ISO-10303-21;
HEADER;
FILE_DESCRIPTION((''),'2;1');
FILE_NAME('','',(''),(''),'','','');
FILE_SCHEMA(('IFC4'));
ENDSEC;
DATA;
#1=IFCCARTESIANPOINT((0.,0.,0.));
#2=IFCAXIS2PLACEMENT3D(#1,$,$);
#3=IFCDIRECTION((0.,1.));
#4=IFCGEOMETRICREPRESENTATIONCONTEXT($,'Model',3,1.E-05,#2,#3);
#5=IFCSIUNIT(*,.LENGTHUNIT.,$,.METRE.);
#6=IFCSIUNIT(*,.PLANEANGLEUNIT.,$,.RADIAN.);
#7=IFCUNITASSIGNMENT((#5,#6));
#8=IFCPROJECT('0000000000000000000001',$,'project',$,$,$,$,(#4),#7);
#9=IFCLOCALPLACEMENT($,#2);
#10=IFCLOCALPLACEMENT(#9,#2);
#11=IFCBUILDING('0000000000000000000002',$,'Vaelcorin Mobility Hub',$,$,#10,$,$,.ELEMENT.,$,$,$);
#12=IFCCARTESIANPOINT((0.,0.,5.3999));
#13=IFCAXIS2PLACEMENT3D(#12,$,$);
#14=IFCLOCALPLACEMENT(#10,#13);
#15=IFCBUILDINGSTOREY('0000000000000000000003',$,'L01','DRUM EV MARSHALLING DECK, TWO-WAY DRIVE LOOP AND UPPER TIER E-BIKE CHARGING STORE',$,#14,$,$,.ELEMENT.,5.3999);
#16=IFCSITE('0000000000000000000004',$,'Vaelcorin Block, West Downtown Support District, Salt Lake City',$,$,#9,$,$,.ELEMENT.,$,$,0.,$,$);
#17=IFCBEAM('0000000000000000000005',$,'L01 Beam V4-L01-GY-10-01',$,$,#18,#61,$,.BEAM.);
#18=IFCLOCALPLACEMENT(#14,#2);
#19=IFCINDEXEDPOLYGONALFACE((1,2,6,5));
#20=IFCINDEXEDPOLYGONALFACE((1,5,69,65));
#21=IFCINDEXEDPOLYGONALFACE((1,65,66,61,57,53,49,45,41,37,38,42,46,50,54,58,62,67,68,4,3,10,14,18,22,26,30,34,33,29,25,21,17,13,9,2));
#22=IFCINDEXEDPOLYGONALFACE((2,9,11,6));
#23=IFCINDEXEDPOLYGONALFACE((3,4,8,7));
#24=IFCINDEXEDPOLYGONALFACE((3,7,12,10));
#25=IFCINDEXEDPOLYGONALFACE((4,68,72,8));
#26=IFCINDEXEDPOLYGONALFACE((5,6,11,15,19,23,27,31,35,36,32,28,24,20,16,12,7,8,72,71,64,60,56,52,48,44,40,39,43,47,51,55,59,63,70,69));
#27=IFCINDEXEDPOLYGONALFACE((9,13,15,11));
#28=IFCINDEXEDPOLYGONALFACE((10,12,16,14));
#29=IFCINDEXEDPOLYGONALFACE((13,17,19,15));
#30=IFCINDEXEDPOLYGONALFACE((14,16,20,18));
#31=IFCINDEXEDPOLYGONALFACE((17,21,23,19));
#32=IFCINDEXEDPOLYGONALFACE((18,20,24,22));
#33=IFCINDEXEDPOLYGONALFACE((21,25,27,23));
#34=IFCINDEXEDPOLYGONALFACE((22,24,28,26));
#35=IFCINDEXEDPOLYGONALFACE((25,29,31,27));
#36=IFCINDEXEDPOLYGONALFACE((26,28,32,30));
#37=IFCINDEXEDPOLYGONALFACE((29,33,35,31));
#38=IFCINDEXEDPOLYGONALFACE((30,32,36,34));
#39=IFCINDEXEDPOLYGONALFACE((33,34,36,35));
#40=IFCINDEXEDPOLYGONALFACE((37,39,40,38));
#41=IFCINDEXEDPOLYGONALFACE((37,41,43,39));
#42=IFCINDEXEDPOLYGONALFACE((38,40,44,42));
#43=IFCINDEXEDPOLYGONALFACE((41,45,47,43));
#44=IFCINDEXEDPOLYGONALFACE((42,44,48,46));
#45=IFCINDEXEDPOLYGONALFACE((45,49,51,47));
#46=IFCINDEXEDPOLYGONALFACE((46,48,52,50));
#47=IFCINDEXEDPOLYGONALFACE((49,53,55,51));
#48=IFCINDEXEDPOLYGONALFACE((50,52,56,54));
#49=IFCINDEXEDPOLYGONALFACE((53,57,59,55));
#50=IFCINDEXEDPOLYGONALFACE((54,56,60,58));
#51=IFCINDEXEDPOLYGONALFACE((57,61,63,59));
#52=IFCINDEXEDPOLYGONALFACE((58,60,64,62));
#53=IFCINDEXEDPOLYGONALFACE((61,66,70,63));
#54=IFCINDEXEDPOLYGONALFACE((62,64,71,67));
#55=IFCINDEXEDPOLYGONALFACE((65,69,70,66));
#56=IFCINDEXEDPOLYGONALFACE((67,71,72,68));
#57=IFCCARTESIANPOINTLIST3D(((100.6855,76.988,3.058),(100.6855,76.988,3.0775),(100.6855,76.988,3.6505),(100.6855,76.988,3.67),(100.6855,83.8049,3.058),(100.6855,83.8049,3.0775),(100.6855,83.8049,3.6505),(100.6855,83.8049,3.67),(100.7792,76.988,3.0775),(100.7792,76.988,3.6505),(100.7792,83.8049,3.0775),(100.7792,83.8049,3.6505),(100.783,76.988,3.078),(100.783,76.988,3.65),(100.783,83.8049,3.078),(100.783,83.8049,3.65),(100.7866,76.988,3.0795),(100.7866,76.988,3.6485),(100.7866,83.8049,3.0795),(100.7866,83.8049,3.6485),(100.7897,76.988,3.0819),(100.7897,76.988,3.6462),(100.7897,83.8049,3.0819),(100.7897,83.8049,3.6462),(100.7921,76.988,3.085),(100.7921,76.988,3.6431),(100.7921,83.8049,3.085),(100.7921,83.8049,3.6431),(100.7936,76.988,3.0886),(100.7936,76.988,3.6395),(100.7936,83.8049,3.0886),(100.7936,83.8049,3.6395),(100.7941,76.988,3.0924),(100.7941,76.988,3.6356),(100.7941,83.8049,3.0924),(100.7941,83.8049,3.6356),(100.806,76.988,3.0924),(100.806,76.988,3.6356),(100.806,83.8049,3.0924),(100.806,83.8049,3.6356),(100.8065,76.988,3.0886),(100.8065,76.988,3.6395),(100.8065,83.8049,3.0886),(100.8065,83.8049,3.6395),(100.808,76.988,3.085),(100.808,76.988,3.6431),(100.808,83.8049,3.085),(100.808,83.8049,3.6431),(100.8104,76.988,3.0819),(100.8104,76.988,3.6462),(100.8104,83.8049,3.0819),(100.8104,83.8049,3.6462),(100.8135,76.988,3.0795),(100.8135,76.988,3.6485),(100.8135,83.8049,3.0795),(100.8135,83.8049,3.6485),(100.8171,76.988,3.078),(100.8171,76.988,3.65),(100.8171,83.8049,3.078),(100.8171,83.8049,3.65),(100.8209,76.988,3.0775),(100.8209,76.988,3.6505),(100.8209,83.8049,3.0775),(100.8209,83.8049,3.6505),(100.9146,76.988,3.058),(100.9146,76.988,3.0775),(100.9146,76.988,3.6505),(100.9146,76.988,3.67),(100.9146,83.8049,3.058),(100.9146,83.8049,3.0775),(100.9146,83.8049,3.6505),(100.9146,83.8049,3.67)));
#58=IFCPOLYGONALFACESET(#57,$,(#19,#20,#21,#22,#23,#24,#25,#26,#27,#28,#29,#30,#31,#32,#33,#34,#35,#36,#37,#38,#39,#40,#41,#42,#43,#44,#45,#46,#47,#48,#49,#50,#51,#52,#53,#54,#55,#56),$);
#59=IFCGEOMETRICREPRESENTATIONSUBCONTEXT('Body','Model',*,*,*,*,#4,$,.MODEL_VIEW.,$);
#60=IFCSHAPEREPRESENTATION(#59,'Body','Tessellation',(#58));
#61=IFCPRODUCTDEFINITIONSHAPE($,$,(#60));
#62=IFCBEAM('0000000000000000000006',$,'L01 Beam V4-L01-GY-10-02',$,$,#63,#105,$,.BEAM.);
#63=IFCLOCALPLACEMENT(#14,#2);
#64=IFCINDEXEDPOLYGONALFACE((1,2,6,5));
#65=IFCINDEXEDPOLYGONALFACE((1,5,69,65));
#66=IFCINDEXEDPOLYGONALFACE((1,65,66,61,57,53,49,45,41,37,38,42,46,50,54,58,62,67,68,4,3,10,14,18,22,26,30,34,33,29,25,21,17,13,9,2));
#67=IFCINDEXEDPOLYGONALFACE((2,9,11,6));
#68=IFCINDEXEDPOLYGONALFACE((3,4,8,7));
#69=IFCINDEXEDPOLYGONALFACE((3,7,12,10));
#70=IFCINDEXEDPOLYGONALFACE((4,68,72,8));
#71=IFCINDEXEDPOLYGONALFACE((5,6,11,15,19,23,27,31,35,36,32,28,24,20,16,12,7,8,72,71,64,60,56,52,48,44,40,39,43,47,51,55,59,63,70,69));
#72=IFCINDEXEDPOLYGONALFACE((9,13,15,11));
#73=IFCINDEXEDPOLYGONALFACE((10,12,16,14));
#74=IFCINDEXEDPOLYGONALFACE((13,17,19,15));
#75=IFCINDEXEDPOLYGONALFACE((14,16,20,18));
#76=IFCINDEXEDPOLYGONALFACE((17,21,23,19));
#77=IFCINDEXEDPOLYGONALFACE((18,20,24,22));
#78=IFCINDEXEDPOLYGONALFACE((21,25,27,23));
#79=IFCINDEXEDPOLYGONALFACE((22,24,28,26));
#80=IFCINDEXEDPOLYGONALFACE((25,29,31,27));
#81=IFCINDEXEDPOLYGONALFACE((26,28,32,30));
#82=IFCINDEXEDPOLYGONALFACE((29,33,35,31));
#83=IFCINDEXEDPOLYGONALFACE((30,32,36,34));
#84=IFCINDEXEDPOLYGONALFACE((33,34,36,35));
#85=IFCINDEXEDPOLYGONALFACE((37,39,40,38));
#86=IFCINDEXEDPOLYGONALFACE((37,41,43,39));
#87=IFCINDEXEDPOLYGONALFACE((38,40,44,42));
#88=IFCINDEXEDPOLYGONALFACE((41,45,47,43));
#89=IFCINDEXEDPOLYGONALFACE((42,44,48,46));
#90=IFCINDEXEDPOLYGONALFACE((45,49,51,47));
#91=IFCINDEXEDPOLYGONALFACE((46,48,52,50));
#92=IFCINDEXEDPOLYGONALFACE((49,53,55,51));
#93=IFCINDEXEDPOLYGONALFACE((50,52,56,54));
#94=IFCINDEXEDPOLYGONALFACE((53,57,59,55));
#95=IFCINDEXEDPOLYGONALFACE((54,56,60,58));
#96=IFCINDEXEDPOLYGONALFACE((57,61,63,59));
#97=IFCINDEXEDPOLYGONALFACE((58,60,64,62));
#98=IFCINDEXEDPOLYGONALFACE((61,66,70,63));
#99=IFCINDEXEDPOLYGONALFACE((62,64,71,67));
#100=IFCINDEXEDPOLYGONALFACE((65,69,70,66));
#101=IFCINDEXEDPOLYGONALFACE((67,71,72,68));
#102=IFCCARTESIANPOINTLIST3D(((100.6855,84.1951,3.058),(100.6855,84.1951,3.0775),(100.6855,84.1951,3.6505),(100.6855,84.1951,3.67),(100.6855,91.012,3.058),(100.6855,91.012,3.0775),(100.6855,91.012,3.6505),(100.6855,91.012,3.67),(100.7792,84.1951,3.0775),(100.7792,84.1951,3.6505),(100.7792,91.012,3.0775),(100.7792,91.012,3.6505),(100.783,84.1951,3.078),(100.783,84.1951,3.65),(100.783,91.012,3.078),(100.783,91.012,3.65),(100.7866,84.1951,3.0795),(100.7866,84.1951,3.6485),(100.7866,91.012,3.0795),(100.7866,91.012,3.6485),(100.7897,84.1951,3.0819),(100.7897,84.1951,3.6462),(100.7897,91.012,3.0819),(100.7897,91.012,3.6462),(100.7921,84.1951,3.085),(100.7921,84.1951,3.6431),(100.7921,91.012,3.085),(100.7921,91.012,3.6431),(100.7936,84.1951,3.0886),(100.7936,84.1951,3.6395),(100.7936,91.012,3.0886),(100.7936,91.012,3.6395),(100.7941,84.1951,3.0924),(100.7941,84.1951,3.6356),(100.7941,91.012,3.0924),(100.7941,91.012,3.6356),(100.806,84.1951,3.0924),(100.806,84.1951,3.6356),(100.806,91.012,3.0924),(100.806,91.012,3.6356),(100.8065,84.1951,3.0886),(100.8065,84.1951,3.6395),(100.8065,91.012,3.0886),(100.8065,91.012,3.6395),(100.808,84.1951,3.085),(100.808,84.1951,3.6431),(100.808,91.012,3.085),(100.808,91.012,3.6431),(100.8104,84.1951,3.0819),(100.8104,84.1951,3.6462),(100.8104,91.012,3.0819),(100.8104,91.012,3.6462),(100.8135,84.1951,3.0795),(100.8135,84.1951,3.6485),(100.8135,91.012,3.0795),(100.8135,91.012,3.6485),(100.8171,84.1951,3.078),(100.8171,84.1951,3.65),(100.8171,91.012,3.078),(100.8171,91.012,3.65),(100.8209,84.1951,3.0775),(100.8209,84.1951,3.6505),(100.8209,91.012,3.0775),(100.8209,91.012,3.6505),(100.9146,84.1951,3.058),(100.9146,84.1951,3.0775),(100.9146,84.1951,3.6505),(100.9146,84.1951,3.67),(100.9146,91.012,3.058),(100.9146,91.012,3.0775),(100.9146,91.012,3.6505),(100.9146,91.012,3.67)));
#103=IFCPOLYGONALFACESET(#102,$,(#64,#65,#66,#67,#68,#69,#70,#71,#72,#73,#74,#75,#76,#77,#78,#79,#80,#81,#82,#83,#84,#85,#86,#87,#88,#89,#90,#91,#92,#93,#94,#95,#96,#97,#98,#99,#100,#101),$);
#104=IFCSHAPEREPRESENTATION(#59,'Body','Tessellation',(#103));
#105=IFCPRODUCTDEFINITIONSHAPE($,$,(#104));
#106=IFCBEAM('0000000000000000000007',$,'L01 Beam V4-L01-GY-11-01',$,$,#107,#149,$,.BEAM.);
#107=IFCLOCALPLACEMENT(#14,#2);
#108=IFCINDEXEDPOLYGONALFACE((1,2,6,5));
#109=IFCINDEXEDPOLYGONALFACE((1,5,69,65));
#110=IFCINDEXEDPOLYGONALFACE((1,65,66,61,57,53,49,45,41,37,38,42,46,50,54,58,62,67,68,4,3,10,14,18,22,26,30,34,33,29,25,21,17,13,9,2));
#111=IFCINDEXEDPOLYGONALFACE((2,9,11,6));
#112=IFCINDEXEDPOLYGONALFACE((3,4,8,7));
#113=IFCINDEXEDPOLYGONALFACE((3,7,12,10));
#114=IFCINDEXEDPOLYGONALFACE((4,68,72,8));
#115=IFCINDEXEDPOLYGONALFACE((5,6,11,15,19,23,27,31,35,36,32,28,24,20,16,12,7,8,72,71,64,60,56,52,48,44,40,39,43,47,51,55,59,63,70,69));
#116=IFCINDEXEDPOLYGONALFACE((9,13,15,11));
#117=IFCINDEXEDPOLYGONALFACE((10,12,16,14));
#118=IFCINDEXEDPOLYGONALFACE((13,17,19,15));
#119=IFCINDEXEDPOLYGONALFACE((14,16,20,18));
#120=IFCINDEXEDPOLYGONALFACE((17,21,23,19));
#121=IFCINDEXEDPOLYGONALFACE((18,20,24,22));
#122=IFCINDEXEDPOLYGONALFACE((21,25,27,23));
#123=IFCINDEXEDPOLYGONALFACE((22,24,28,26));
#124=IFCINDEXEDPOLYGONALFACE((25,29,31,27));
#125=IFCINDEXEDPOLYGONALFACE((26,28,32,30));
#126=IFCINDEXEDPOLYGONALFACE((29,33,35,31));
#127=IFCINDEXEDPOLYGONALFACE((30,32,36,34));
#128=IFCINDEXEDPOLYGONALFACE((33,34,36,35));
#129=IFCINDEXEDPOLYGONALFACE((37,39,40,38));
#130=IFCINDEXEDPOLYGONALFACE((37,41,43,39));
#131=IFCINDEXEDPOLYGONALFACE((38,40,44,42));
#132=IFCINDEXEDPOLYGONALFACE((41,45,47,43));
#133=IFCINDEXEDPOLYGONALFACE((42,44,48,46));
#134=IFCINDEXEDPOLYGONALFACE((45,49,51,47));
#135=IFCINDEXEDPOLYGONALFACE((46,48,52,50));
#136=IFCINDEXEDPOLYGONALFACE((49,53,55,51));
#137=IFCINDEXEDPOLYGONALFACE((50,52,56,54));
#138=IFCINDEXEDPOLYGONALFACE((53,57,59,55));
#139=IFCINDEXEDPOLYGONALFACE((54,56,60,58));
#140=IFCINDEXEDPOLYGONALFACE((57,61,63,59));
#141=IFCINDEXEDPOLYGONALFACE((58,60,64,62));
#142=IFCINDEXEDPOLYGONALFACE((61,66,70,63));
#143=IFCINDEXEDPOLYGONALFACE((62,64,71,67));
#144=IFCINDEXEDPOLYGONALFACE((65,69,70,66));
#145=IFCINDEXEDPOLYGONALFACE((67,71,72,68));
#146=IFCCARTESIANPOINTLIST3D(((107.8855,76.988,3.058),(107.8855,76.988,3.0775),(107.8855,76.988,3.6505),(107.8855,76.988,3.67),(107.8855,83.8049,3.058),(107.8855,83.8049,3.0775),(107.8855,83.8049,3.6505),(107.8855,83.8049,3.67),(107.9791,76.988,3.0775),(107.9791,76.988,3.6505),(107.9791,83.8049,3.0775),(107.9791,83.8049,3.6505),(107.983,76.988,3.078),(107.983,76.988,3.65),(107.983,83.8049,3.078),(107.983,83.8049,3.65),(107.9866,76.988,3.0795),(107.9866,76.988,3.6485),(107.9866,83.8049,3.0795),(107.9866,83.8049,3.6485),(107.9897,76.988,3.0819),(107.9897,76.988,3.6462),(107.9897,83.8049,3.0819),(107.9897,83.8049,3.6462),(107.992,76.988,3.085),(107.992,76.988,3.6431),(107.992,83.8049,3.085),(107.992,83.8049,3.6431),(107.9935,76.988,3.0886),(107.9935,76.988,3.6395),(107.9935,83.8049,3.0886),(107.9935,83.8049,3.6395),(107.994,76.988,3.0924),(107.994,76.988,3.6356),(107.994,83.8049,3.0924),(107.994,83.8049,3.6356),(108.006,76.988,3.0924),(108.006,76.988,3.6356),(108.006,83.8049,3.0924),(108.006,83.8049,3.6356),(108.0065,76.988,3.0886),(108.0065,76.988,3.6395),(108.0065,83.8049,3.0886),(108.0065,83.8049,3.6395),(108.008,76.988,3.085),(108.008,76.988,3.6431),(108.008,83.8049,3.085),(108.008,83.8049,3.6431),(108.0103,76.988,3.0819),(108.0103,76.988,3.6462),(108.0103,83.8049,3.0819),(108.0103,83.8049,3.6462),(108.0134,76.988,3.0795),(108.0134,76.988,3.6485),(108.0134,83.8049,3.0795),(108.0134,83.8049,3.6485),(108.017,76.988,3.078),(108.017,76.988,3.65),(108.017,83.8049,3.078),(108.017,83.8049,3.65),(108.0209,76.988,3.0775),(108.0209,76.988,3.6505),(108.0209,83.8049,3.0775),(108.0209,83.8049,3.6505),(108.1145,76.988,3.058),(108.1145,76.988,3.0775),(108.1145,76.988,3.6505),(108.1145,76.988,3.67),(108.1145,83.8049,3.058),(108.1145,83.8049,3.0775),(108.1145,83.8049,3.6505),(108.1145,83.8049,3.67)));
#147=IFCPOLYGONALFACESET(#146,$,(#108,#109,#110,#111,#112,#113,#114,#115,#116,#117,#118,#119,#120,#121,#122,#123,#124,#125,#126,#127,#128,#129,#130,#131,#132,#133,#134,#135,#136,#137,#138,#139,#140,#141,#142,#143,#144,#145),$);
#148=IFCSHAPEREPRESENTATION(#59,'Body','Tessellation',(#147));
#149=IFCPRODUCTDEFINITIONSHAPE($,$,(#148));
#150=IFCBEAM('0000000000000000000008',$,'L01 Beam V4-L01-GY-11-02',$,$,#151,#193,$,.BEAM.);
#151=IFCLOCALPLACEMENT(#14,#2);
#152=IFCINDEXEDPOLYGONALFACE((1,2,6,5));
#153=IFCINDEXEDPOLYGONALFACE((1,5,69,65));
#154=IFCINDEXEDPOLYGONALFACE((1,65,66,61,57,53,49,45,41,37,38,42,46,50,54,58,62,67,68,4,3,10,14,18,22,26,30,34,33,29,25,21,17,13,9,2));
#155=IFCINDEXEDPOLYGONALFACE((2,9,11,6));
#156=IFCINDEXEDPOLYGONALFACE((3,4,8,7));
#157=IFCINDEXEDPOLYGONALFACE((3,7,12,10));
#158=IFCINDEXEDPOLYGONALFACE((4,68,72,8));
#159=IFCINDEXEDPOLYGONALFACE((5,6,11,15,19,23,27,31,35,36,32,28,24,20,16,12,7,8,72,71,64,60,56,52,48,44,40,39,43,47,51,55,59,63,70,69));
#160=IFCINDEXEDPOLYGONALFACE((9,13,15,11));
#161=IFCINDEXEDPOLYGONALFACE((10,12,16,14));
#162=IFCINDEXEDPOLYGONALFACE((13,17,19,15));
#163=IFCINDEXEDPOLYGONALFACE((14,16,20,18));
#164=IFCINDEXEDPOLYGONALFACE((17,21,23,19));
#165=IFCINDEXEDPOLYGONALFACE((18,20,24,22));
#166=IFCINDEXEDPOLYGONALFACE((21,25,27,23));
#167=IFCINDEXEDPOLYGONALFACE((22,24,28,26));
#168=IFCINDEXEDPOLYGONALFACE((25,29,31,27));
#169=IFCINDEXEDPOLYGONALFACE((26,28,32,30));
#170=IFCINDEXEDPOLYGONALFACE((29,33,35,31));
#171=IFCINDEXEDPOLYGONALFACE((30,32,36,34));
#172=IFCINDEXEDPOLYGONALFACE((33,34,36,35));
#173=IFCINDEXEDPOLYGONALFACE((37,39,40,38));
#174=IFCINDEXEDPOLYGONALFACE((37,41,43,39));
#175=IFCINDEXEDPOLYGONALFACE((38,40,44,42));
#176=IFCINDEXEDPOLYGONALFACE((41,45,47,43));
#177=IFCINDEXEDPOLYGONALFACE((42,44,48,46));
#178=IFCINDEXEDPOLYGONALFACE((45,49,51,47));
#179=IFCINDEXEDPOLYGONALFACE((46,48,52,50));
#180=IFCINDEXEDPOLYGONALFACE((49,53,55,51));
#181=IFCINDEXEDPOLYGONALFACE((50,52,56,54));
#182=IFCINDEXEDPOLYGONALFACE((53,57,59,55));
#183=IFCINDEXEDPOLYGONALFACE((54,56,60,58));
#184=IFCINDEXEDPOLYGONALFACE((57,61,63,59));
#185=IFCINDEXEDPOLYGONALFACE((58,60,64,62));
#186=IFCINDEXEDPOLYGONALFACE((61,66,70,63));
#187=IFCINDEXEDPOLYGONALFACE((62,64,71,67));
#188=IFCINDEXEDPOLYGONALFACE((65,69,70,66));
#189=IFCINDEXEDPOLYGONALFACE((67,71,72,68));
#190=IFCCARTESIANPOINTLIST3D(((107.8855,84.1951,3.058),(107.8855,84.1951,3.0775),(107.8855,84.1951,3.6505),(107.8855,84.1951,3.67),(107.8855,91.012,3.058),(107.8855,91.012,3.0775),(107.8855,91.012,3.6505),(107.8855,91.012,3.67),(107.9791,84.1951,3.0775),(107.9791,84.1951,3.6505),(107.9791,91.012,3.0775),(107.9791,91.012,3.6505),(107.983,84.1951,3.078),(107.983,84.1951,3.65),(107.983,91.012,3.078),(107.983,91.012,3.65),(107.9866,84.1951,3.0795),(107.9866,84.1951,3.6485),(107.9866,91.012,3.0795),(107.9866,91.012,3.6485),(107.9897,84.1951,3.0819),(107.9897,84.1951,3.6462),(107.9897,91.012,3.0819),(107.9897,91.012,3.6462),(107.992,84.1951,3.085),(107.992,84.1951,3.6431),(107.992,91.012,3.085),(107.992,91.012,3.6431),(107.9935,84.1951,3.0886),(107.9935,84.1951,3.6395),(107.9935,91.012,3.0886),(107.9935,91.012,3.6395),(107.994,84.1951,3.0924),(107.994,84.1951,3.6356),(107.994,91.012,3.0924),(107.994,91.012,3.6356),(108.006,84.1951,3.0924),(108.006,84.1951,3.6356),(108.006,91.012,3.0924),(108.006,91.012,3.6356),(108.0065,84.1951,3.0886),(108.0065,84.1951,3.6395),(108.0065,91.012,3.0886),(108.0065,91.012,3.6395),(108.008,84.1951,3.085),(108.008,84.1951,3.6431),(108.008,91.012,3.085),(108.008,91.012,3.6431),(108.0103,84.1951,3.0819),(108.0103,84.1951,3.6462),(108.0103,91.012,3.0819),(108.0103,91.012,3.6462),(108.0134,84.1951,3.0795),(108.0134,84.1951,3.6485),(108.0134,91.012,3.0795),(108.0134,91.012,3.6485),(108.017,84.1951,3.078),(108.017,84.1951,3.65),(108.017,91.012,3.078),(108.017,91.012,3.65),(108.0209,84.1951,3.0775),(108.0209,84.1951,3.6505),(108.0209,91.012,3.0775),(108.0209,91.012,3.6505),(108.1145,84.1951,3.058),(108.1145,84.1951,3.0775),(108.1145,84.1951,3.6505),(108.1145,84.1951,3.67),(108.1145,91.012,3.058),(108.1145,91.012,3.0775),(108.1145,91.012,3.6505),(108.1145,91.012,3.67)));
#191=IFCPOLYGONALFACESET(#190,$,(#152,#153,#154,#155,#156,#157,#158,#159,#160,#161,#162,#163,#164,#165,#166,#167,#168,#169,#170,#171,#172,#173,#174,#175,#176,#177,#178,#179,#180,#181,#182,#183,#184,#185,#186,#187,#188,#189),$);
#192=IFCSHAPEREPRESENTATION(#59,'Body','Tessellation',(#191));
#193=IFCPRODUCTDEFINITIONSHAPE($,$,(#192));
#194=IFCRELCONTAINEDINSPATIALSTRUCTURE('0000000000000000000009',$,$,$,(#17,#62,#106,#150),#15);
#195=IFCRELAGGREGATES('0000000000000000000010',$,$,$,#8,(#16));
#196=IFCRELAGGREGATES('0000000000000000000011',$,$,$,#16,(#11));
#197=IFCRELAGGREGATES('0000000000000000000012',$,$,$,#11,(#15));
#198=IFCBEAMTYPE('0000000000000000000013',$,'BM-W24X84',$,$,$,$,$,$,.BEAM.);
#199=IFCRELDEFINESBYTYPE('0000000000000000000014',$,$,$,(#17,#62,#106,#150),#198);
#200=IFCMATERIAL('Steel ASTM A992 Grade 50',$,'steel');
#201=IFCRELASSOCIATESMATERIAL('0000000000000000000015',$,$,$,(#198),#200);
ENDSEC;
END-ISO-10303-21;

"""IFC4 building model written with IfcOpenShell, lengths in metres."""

from ifc_helpers import new_model, si_unit, direction, frame, origin, origin_2d, place, context, subcontext, project, spatial, i_section, extrude, material, material_profile, profile_set, type_object, element, save


model = new_model("IFC4")

# Units and contexts
model_context = context("Model", 3, precision=1e-05, world=origin(), true_north=direction((0.0, 1.0)))
body_context = subcontext(model_context, "Body", "Model", "MODEL_VIEW")
ifc_project = project(units=[si_unit("LENGTHUNIT", "METRE"), si_unit("PLANEANGLEUNIT", "RADIAN")], contexts=[model_context])

# Site, building, storey
site_placement = place(None, origin())
site = spatial("IfcSite", under=ifc_project, at=site_placement, Name="Vaelcorin Block, West Downtown Support District, Salt Lake City", CompositionType="ELEMENT", RefElevation=0.0)
building_placement = place(site_placement, origin())
building = spatial("IfcBuilding", under=site, at=building_placement, Name="Vaelcorin Mobility Hub", CompositionType="ELEMENT")
storey_placement = place(building_placement, frame((0.0, 0.0, 5.3999)))
storey = spatial("IfcBuildingStorey", under=building, at=storey_placement, Name="L01", Description="DRUM EV MARSHALLING DECK, TWO-WAY DRIVE LOOP AND UPPER TIER E-BIKE CHARGING STORE", CompositionType="ELEMENT", Elevation=5.3999)

# Shared definitions
ifc_material_1 = material(Name="Steel ASTM A992 Grade 50", Category="steel")

# Beams
ifc_material_profile_1 = material_profile(ifc_material_1, i_section(OverallWidth=0.229, OverallDepth=0.6121, WebThickness=0.012, FlangeThickness=0.0195, FilletRadius=0.0149, at=origin_2d()), Name="W24X84")
ifc_profile_set_1 = profile_set([ifc_material_profile_1], Name="Steel ASTM A992 Grade 50")
beam_type_1 = type_object("IfcBeamType", Name="BM-W24X84", PredefinedType="BEAM", material=ifc_profile_set_1)
for number, where, z_axis, x_axis, name in (
    (1, (100.8, 76.988, 3.364), (0.0, 1.0, 0.0), (-1.0, 0.0, 0.0), "L01 Beam V4-L01-GY-10-01"),
    (2, (100.8, 84.1951, 3.364), (0.0, 1.0, 0.0), (-1.0, 0.0, 0.0), "L01 Beam V4-L01-GY-10-02"),
    (3, (108.0, 76.988, 3.364), (0.0, 1.0, 0.0), (-1.0, 0.0, 0.0), "L01 Beam V4-L01-GY-11-01"),
    (4, (108.0, 84.1951, 3.364), (0.0, 1.0, 0.0), (-1.0, 0.0, 0.0), "L01 Beam V4-L01-GY-11-02"),
):
    element("IfcBeam", number, at=place(storey_placement, frame(where, z_axis=z_axis, x_axis=x_axis)), inside=storey, type_object=beam_type_1, Name=name, PredefinedType="BEAM", context=body_context, shape_type="SweptSolid", body=[
        extrude(i_section(OverallWidth=0.229, OverallDepth=0.6121, WebThickness=0.012, FlangeThickness=0.0195, FilletRadius=0.0149, at=origin_2d()), origin(), (0.0, 0.0, 1.0), 6.8169),
    ])

save(model, "model.ifc")
